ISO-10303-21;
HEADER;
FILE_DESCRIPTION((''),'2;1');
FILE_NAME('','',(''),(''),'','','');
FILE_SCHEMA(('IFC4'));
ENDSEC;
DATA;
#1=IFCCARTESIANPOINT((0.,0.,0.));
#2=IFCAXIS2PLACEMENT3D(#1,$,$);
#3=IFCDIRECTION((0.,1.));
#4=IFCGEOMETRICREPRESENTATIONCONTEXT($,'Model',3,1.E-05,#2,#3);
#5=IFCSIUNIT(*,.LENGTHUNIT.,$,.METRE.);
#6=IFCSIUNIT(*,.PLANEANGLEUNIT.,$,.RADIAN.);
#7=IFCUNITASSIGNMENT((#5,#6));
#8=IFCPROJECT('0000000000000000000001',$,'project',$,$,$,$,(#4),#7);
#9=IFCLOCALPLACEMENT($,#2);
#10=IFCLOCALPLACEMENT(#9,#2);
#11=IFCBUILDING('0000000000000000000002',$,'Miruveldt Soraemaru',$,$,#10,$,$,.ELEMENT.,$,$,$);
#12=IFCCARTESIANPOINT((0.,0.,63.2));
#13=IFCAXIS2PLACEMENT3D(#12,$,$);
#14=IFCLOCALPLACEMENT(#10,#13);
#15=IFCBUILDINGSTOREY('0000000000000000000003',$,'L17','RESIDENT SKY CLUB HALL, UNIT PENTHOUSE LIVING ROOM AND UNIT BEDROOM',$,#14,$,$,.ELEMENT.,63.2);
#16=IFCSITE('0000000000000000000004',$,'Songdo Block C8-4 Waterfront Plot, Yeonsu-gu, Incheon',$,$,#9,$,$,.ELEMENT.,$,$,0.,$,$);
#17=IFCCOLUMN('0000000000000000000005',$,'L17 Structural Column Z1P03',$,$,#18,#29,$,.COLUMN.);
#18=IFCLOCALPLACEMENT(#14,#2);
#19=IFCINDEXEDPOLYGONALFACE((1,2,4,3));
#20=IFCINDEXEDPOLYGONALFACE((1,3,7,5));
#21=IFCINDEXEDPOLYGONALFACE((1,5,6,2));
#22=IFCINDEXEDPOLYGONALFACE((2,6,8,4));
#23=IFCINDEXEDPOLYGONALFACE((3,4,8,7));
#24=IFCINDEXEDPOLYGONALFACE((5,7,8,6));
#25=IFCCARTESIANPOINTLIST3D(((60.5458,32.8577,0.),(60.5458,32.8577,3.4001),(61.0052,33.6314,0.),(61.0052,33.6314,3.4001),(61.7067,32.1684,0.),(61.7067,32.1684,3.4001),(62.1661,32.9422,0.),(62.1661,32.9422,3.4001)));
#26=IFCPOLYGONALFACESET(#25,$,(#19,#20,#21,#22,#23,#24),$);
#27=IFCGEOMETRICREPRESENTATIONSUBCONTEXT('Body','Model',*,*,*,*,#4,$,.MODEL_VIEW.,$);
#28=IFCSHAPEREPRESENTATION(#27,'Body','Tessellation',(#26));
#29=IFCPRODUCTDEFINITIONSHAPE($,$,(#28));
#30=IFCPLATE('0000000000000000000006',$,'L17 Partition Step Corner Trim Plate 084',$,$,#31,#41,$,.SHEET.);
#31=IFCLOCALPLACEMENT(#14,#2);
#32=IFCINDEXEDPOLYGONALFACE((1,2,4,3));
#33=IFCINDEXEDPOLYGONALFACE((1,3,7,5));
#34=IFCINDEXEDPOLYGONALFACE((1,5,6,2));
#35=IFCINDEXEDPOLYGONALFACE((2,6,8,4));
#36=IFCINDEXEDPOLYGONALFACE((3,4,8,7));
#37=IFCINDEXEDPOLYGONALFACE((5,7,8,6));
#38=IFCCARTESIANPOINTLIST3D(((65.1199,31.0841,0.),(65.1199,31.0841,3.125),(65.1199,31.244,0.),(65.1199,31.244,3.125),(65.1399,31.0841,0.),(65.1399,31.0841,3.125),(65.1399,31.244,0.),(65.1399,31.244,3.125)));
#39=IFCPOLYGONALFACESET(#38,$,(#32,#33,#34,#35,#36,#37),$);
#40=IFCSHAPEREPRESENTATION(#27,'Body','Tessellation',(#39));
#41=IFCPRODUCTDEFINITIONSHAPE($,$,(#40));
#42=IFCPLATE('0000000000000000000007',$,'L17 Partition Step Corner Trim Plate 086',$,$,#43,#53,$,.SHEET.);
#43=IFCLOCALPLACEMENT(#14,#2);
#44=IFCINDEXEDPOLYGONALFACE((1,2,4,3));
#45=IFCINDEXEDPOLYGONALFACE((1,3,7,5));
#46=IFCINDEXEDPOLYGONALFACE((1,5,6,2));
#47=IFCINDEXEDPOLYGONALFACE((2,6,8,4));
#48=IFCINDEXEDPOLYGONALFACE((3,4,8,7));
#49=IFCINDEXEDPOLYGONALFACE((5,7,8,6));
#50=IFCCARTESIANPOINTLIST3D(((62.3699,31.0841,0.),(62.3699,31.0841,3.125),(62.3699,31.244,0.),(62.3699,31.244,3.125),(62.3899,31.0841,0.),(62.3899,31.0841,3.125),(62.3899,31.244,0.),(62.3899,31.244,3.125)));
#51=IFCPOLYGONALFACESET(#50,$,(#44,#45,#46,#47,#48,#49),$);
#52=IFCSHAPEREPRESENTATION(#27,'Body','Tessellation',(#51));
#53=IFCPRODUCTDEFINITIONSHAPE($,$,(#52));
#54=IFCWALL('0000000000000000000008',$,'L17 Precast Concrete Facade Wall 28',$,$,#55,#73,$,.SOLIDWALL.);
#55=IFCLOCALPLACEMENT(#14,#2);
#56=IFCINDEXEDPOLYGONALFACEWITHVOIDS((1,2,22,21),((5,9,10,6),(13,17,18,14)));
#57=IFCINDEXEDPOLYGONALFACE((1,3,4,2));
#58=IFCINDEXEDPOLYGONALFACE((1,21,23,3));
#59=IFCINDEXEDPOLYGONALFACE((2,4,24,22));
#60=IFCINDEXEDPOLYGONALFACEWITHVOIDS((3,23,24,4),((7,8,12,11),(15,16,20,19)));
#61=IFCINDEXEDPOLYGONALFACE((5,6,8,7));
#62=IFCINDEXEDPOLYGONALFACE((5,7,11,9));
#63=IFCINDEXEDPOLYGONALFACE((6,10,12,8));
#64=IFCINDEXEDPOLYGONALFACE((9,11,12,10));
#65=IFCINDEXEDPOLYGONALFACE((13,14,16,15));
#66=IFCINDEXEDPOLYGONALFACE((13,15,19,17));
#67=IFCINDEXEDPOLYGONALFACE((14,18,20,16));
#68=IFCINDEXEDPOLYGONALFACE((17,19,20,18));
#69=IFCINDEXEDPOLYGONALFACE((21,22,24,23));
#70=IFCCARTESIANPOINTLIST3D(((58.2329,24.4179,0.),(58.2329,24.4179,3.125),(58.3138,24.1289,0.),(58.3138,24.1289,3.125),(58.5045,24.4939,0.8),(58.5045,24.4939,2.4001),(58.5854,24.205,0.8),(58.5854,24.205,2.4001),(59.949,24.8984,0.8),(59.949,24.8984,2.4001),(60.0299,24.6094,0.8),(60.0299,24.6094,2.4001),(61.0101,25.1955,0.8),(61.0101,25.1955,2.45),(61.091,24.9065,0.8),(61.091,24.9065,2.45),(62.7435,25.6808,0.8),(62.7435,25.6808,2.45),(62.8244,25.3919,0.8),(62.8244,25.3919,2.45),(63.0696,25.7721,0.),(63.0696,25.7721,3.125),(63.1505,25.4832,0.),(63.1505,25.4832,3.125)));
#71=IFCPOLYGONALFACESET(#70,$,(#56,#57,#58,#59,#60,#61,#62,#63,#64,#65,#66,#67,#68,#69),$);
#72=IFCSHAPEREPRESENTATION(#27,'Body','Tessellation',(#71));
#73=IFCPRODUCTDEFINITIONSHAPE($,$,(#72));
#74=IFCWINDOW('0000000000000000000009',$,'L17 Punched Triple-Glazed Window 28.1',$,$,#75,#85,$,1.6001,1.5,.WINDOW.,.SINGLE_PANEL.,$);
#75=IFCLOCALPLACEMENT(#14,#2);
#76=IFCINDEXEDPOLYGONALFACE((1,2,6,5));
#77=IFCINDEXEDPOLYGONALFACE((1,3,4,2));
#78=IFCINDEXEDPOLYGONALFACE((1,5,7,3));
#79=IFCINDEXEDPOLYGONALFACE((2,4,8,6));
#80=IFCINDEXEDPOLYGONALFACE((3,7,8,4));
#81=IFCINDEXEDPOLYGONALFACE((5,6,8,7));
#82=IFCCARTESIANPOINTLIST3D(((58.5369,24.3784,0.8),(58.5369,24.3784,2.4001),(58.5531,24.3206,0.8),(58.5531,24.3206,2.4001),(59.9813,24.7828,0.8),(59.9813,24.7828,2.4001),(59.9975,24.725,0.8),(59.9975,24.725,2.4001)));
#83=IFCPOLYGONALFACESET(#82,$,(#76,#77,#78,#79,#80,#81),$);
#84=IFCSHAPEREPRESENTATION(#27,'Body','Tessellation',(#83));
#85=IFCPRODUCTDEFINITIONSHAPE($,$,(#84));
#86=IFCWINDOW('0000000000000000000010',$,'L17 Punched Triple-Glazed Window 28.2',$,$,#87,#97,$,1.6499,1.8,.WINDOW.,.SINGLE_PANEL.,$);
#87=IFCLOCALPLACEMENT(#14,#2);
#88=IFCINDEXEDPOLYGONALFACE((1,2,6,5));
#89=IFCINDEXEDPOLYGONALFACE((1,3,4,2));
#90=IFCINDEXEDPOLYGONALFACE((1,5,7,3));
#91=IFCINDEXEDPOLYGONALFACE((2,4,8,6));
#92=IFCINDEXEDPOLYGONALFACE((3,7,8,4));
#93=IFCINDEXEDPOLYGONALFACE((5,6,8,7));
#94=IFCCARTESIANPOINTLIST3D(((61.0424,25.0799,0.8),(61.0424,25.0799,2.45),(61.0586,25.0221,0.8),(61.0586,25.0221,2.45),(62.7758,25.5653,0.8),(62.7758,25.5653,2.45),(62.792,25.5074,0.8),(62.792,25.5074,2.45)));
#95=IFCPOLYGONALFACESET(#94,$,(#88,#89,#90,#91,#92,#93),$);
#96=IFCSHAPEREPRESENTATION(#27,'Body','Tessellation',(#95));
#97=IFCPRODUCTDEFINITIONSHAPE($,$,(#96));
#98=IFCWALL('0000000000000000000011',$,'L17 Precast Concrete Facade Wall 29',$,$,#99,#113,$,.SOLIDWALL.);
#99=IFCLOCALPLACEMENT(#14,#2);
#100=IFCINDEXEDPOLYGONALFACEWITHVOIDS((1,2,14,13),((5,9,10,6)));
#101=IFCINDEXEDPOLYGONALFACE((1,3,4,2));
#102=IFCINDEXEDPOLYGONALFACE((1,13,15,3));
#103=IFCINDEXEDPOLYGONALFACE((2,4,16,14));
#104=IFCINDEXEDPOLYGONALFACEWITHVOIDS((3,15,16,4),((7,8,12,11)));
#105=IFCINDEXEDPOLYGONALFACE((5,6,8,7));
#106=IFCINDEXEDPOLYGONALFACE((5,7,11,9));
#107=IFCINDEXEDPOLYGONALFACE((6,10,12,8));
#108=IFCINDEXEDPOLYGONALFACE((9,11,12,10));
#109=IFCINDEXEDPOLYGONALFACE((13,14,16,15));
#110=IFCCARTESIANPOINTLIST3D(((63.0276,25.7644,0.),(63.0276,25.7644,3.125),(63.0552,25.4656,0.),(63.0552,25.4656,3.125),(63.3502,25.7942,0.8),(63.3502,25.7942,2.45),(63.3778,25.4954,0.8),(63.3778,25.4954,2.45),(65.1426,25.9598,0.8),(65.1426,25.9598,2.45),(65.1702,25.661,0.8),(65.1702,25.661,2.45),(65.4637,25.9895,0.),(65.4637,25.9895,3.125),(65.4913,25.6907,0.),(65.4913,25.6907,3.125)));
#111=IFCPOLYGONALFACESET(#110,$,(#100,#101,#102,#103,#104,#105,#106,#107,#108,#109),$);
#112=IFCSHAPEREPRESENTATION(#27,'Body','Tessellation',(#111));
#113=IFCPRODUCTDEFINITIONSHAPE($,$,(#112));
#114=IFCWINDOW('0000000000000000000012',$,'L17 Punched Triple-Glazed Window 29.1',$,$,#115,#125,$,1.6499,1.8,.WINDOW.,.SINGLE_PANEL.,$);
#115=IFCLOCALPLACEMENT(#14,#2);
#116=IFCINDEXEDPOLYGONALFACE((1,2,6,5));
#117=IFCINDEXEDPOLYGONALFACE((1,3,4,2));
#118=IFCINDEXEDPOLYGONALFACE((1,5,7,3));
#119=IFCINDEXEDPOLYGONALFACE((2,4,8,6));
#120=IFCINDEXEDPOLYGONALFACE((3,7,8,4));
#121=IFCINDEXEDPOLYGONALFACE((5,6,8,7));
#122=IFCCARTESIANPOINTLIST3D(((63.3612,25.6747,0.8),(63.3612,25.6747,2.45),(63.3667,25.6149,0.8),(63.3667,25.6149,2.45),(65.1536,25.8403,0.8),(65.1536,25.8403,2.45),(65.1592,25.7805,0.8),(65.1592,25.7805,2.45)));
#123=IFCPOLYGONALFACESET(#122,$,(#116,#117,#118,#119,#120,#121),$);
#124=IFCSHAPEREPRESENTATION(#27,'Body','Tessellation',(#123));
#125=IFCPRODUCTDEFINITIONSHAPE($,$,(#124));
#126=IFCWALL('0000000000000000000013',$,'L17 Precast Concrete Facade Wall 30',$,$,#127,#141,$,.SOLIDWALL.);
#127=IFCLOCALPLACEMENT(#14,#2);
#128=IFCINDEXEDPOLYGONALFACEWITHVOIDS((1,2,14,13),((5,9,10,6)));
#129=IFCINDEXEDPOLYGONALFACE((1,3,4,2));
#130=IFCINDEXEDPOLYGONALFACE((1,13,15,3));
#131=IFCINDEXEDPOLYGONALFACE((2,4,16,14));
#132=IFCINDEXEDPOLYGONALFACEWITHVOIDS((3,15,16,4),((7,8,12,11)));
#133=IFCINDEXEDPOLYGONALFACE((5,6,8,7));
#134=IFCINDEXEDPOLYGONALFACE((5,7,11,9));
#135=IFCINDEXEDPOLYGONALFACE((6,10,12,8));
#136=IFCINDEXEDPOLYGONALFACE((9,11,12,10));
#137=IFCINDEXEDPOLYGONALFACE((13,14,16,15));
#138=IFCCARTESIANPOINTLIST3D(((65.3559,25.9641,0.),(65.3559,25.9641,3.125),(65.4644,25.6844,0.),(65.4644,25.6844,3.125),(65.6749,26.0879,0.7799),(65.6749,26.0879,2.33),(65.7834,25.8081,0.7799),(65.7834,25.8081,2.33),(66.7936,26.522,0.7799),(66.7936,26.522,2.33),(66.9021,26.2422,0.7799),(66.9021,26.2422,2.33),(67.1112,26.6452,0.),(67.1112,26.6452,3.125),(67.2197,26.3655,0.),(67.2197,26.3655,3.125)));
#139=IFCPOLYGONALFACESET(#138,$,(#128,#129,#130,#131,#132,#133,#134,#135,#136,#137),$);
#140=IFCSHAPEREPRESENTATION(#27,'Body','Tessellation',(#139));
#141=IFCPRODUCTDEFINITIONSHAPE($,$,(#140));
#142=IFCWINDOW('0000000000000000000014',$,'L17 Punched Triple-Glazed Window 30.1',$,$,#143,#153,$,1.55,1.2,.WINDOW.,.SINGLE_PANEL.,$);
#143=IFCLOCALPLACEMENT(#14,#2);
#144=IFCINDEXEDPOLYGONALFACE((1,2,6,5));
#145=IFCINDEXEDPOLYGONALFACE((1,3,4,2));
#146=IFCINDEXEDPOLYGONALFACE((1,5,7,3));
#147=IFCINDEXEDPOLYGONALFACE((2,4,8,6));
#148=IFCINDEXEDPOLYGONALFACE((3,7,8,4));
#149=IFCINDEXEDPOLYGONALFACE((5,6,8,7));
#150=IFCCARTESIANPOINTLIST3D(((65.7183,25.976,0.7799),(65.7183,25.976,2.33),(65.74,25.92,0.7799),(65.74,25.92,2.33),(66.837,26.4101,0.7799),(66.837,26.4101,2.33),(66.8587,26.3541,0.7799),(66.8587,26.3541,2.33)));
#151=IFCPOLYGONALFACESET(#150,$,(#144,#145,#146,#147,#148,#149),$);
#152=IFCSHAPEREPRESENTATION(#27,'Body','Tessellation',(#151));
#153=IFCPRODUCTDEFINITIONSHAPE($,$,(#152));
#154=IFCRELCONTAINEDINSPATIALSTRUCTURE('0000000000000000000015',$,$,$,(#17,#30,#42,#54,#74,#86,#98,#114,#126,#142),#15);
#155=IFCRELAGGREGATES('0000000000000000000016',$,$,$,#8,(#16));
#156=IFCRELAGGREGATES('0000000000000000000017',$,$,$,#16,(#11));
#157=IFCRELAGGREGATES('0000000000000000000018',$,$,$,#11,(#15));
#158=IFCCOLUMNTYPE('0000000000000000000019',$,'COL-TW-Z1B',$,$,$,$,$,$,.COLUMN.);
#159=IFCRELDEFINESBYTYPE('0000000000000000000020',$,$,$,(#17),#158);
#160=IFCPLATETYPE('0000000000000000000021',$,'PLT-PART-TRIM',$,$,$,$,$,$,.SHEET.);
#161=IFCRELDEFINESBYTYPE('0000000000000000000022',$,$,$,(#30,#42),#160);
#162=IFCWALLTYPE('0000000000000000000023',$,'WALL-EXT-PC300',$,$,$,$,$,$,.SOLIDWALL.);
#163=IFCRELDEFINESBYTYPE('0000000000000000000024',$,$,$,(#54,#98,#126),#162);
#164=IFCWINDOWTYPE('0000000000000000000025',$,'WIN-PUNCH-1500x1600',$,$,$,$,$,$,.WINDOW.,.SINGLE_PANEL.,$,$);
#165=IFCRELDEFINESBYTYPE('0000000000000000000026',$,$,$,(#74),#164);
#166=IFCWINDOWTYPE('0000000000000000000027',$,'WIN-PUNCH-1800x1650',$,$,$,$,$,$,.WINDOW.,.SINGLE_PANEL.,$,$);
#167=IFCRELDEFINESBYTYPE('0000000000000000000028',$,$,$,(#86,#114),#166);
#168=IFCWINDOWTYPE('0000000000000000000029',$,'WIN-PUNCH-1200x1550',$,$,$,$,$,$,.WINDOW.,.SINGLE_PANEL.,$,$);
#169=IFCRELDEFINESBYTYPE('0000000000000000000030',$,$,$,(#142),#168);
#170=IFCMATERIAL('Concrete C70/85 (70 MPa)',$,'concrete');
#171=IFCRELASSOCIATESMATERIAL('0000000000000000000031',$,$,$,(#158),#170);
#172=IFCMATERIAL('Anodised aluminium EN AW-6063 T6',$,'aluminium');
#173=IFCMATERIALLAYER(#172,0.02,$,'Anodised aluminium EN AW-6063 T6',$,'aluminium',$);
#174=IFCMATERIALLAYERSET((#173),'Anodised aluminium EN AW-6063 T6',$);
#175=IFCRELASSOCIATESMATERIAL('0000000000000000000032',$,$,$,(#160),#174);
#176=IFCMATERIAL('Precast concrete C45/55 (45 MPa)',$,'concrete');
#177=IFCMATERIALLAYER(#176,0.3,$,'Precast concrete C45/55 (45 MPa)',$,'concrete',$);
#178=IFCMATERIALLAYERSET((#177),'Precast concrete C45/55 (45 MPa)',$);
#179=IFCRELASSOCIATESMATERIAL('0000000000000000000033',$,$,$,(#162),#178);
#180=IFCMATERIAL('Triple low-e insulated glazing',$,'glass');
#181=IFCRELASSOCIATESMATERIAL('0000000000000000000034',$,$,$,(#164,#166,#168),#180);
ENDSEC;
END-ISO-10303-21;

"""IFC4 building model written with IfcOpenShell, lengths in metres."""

from ifc_helpers import new_model, si_unit, direction, frame, frame_2d, origin, origin_2d, place, context, subcontext, project, spatial, rectangle, extrude, material, layer, layer_set, material_profile, profile_set, type_object, element, fill, save


model = new_model("IFC4")

# Units and contexts
model_context = context("Model", 3, precision=1e-05, world=origin(), true_north=direction((0.0, 1.0)))
body_context = subcontext(model_context, "Body", "Model", "MODEL_VIEW")
ifc_project = project(units=[si_unit("LENGTHUNIT", "METRE"), si_unit("PLANEANGLEUNIT", "RADIAN")], contexts=[model_context])

# Site, building, storey
site_placement = place(None, origin())
site = spatial("IfcSite", under=ifc_project, at=site_placement, Name="Songdo Block C8-4 Waterfront Plot, Yeonsu-gu, Incheon", CompositionType="ELEMENT", RefElevation=0.0)
building_placement = place(site_placement, origin())
building = spatial("IfcBuilding", under=site, at=building_placement, Name="Miruveldt Soraemaru", CompositionType="ELEMENT")
storey_placement = place(building_placement, frame((0.0, 0.0, 63.2)))
storey = spatial("IfcBuildingStorey", under=building, at=storey_placement, Name="L17", Description="RESIDENT SKY CLUB HALL, UNIT PENTHOUSE LIVING ROOM AND UNIT BEDROOM", CompositionType="ELEMENT", Elevation=63.2)

# Column
ifc_material_1 = material(Name="Concrete C70/85 (70 MPa)", Category="concrete")
ifc_material_profile = material_profile(ifc_material_1, rectangle(XDim=1.3501, YDim=0.8999, at=origin_2d()), Name="Concrete C70/85 (70 MPa)", Category="concrete")
ifc_profile_set = profile_set([ifc_material_profile], Name="Concrete C70/85 (70 MPa)")
column_type = type_object("IfcColumnType", Name="COL-TW-Z1B", PredefinedType="COLUMN", material=ifc_profile_set)
column_placement = place(storey_placement, frame((61.356, 32.8999, 0.0), z_axis=(0.0, 0.0, 1.0), x_axis=(-0.859852, 0.510543, 0.0)))
element("IfcColumn", 1, at=column_placement, inside=storey, type_object=column_type, Name="L17 Structural Column Z1P03", PredefinedType="COLUMN", context=body_context, shape_type="SweptSolid", body=[
    extrude(rectangle(XDim=1.3501, YDim=0.8999, at=origin_2d()), origin(), (0.0, 0.0, 1.0), 3.4001),
])

# Plates
ifc_material_2 = material(Name="Anodised aluminium EN AW-6063 T6", Category="aluminium")
ifc_layer_1 = layer(ifc_material_2, 0.02, Name="Anodised aluminium EN AW-6063 T6", Category="aluminium")
ifc_layer_set_1 = layer_set([ifc_layer_1], Name="Anodised aluminium EN AW-6063 T6")
plate_type = type_object("IfcPlateType", Name="PLT-PART-TRIM", PredefinedType="SHEET", material=ifc_layer_set_1)
for number, where, z_axis, x_axis, name in (
    (2, (65.1299, 31.1641, 0.0), (0.0, 0.0, 1.0), (0.0, 1.0, 0.0), "L17 Partition Step Corner Trim Plate 084"),
    (3, (62.3799, 31.1641, 0.0), (0.0, 0.0, 1.0), (0.0, -1.0, 0.0), "L17 Partition Step Corner Trim Plate 086"),
):
    element("IfcPlate", number, at=place(storey_placement, frame(where, z_axis=z_axis, x_axis=x_axis)), inside=storey, type_object=plate_type, Name=name, PredefinedType="SHEET", context=body_context, shape_type="SweptSolid", body=[
        extrude(rectangle(XDim=0.1599, YDim=0.02, at=origin_2d()), origin(), (0.0, 0.0, 1.0), 3.125),
    ])

# Wall, openings, windows
ifc_material_3 = material(Name="Precast concrete C45/55 (45 MPa)", Category="concrete")
ifc_layer_2 = layer(ifc_material_3, 0.3, Name="Precast concrete C45/55 (45 MPa)", Category="concrete")
ifc_layer_set_2 = layer_set([ifc_layer_2], Name="Precast concrete C45/55 (45 MPa)")
wall_type_1 = type_object("IfcWallType", Name="WALL-EXT-PC300", PredefinedType="SOLIDWALL", material=ifc_layer_set_2)
wall_1_placement = place(storey_placement, frame((58.2734, 24.2734, 0.0), z_axis=(0.0, 0.0, 1.0), x_axis=(0.962965, 0.269626, 0.0)))
wall_1 = element("IfcWall", 4, at=wall_1_placement, inside=storey, type_object=wall_type_1, Name="L17 Precast Concrete Facade Wall 28", PredefinedType="SOLIDWALL", context=body_context, shape_type="SweptSolid", body=[
    extrude(rectangle(XDim=5.0227, YDim=0.3, at=frame_2d((2.5112, 0.0))), origin(), (0.0, 0.0, 1.0), 3.125),
])
opening_1_placement = place(wall_1_placement, frame((0.282, 0.0, 0.8)))
opening_1 = element("IfcOpeningElement", 5, at=opening_1_placement, cuts=wall_1, PredefinedType="OPENING", context=body_context, shape_type="SweptSolid", body=[
    extrude(rectangle(XDim=1.5, YDim=1.6001, at=frame_2d((0.75, 0.8))), frame((0.0, 0.1602, 0.0), z_axis=(0.0, -1.0, 0.0), x_axis=(1.0, 0.0, 0.0)), (0.0, 0.0, 1.0), 0.3201),
])
opening_2_placement = place(wall_1_placement, frame((2.884, 0.0, 0.8)))
opening_2 = element("IfcOpeningElement", 6, at=opening_2_placement, cuts=wall_1, PredefinedType="OPENING", context=body_context, shape_type="SweptSolid", body=[
    extrude(rectangle(XDim=1.8, YDim=1.6499, at=frame_2d((0.8999, 0.825))), frame((0.0, 0.1602, 0.0), z_axis=(0.0, -1.0, 0.0), x_axis=(1.0, 0.0, 0.0)), (0.0, 0.0, 1.0), 0.3201),
])
ifc_material_4 = material(Name="Triple low-e insulated glazing", Category="glass")
window_type_1 = type_object("IfcWindowType", Name="WIN-PUNCH-1500x1600", PartitioningType="SINGLE_PANEL", PredefinedType="WINDOW", material=ifc_material_4)
window_1_placement = place(opening_1_placement, origin())
window_1 = element("IfcWindow", 7, at=window_1_placement, inside=storey, type_object=window_type_1, Name="L17 Punched Triple-Glazed Window 28.1", OverallHeight=1.6001, OverallWidth=1.5, PartitioningType="SINGLE_PANEL", PredefinedType="WINDOW", context=body_context, shape_type="SweptSolid", body=[
    extrude(rectangle(XDim=1.5, YDim=1.6001, at=frame_2d((0.75, 0.8))), frame((0.0, 0.03, 0.0), z_axis=(0.0, -1.0, 0.0), x_axis=(1.0, 0.0, 0.0)), (0.0, 0.0, 1.0), 0.0601),
])
fill(opening_1, window_1)
window_type_2 = type_object("IfcWindowType", Name="WIN-PUNCH-1800x1650", PartitioningType="SINGLE_PANEL", PredefinedType="WINDOW", material=ifc_material_4)
window_2_placement = place(opening_2_placement, origin())
window_2 = element("IfcWindow", 8, at=window_2_placement, inside=storey, type_object=window_type_2, Name="L17 Punched Triple-Glazed Window 28.2", OverallHeight=1.6499, OverallWidth=1.8, PartitioningType="SINGLE_PANEL", PredefinedType="WINDOW", context=body_context, shape_type="SweptSolid", body=[
    extrude(rectangle(XDim=1.8, YDim=1.6499, at=frame_2d((0.8999, 0.825))), frame((0.0, 0.03, 0.0), z_axis=(0.0, -1.0, 0.0), x_axis=(1.0, 0.0, 0.0)), (0.0, 0.0, 1.0), 0.0601),
])
fill(opening_2, window_2)

# Walls, openings, windows
wall_2_placement = place(storey_placement, frame((63.0415, 25.615, 0.0), z_axis=(0.0, 0.0, 1.0), x_axis=(0.995758, 0.092011, 0.0)))
wall_2 = element("IfcWall", 9, at=wall_2_placement, inside=storey, type_object=wall_type_1, Name="L17 Precast Concrete Facade Wall 29", PredefinedType="SOLIDWALL", context=body_context, shape_type="SweptSolid", body=[
    extrude(rectangle(XDim=2.4465, YDim=0.3, at=frame_2d((1.2231, 0.0))), origin(), (0.0, 0.0, 1.0), 3.125),
])
opening_3_placement = place(wall_2_placement, frame((0.324, 0.0, 0.8)))
opening_3 = element("IfcOpeningElement", 10, at=opening_3_placement, cuts=wall_2, PredefinedType="OPENING", context=body_context, shape_type="SweptSolid", body=[
    extrude(rectangle(XDim=1.8, YDim=1.6499, at=frame_2d((0.8999, 0.825))), frame((0.0, 0.1602, 0.0), z_axis=(0.0, -1.0, 0.0), x_axis=(1.0, 0.0, 0.0)), (0.0, 0.0, 1.0), 0.3201),
])
window_3_placement = place(opening_3_placement, origin())
window_3 = element("IfcWindow", 11, at=window_3_placement, inside=storey, type_object=window_type_2, Name="L17 Punched Triple-Glazed Window 29.1", OverallHeight=1.6499, OverallWidth=1.8, PartitioningType="SINGLE_PANEL", PredefinedType="WINDOW", context=body_context, shape_type="SweptSolid", body=[
    extrude(rectangle(XDim=1.8, YDim=1.6499, at=frame_2d((0.8999, 0.825))), frame((0.0, 0.03, 0.0), z_axis=(0.0, -1.0, 0.0), x_axis=(1.0, 0.0, 0.0)), (0.0, 0.0, 1.0), 0.0601),
])
fill(opening_3, window_3)
wall_3_placement = place(storey_placement, frame((65.4102, 25.8242, 0.0), z_axis=(0.0, 0.0, 1.0), x_axis=(0.932272, 0.361758, 0.0)))
wall_3 = element("IfcWall", 12, at=wall_3_placement, inside=storey, type_object=wall_type_1, Name="L17 Precast Concrete Facade Wall 30", PredefinedType="SOLIDWALL", context=body_context, shape_type="SweptSolid", body=[
    extrude(rectangle(XDim=1.8828, YDim=0.3, at=frame_2d((0.9414, 0.0))), origin(), (0.0, 0.0, 1.0), 3.125),
])
opening_4_placement = place(wall_3_placement, frame((0.342, 0.0, 0.78)))
opening_4 = element("IfcOpeningElement", 13, at=opening_4_placement, cuts=wall_3, PredefinedType="OPENING", context=body_context, shape_type="SweptSolid", body=[
    extrude(rectangle(XDim=1.2, YDim=1.55, at=frame_2d((0.6001, 0.7749))), frame((0.0, 0.1602, 0.0), z_axis=(0.0, -1.0, 0.0), x_axis=(1.0, 0.0, 0.0)), (0.0, 0.0, 1.0), 0.3201),
])
window_type_3 = type_object("IfcWindowType", Name="WIN-PUNCH-1200x1550", PartitioningType="SINGLE_PANEL", PredefinedType="WINDOW", material=ifc_material_4)
window_4_placement = place(opening_4_placement, origin())
window_4 = element("IfcWindow", 14, at=window_4_placement, inside=storey, type_object=window_type_3, Name="L17 Punched Triple-Glazed Window 30.1", OverallHeight=1.55, OverallWidth=1.2, PartitioningType="SINGLE_PANEL", PredefinedType="WINDOW", context=body_context, shape_type="SweptSolid", body=[
    extrude(rectangle(XDim=1.2, YDim=1.55, at=frame_2d((0.6001, 0.7749))), frame((0.0, 0.03, 0.0), z_axis=(0.0, -1.0, 0.0), x_axis=(1.0, 0.0, 0.0)), (0.0, 0.0, 1.0), 0.0601),
])
fill(opening_4, window_4)

save(model, "model.ifc")
